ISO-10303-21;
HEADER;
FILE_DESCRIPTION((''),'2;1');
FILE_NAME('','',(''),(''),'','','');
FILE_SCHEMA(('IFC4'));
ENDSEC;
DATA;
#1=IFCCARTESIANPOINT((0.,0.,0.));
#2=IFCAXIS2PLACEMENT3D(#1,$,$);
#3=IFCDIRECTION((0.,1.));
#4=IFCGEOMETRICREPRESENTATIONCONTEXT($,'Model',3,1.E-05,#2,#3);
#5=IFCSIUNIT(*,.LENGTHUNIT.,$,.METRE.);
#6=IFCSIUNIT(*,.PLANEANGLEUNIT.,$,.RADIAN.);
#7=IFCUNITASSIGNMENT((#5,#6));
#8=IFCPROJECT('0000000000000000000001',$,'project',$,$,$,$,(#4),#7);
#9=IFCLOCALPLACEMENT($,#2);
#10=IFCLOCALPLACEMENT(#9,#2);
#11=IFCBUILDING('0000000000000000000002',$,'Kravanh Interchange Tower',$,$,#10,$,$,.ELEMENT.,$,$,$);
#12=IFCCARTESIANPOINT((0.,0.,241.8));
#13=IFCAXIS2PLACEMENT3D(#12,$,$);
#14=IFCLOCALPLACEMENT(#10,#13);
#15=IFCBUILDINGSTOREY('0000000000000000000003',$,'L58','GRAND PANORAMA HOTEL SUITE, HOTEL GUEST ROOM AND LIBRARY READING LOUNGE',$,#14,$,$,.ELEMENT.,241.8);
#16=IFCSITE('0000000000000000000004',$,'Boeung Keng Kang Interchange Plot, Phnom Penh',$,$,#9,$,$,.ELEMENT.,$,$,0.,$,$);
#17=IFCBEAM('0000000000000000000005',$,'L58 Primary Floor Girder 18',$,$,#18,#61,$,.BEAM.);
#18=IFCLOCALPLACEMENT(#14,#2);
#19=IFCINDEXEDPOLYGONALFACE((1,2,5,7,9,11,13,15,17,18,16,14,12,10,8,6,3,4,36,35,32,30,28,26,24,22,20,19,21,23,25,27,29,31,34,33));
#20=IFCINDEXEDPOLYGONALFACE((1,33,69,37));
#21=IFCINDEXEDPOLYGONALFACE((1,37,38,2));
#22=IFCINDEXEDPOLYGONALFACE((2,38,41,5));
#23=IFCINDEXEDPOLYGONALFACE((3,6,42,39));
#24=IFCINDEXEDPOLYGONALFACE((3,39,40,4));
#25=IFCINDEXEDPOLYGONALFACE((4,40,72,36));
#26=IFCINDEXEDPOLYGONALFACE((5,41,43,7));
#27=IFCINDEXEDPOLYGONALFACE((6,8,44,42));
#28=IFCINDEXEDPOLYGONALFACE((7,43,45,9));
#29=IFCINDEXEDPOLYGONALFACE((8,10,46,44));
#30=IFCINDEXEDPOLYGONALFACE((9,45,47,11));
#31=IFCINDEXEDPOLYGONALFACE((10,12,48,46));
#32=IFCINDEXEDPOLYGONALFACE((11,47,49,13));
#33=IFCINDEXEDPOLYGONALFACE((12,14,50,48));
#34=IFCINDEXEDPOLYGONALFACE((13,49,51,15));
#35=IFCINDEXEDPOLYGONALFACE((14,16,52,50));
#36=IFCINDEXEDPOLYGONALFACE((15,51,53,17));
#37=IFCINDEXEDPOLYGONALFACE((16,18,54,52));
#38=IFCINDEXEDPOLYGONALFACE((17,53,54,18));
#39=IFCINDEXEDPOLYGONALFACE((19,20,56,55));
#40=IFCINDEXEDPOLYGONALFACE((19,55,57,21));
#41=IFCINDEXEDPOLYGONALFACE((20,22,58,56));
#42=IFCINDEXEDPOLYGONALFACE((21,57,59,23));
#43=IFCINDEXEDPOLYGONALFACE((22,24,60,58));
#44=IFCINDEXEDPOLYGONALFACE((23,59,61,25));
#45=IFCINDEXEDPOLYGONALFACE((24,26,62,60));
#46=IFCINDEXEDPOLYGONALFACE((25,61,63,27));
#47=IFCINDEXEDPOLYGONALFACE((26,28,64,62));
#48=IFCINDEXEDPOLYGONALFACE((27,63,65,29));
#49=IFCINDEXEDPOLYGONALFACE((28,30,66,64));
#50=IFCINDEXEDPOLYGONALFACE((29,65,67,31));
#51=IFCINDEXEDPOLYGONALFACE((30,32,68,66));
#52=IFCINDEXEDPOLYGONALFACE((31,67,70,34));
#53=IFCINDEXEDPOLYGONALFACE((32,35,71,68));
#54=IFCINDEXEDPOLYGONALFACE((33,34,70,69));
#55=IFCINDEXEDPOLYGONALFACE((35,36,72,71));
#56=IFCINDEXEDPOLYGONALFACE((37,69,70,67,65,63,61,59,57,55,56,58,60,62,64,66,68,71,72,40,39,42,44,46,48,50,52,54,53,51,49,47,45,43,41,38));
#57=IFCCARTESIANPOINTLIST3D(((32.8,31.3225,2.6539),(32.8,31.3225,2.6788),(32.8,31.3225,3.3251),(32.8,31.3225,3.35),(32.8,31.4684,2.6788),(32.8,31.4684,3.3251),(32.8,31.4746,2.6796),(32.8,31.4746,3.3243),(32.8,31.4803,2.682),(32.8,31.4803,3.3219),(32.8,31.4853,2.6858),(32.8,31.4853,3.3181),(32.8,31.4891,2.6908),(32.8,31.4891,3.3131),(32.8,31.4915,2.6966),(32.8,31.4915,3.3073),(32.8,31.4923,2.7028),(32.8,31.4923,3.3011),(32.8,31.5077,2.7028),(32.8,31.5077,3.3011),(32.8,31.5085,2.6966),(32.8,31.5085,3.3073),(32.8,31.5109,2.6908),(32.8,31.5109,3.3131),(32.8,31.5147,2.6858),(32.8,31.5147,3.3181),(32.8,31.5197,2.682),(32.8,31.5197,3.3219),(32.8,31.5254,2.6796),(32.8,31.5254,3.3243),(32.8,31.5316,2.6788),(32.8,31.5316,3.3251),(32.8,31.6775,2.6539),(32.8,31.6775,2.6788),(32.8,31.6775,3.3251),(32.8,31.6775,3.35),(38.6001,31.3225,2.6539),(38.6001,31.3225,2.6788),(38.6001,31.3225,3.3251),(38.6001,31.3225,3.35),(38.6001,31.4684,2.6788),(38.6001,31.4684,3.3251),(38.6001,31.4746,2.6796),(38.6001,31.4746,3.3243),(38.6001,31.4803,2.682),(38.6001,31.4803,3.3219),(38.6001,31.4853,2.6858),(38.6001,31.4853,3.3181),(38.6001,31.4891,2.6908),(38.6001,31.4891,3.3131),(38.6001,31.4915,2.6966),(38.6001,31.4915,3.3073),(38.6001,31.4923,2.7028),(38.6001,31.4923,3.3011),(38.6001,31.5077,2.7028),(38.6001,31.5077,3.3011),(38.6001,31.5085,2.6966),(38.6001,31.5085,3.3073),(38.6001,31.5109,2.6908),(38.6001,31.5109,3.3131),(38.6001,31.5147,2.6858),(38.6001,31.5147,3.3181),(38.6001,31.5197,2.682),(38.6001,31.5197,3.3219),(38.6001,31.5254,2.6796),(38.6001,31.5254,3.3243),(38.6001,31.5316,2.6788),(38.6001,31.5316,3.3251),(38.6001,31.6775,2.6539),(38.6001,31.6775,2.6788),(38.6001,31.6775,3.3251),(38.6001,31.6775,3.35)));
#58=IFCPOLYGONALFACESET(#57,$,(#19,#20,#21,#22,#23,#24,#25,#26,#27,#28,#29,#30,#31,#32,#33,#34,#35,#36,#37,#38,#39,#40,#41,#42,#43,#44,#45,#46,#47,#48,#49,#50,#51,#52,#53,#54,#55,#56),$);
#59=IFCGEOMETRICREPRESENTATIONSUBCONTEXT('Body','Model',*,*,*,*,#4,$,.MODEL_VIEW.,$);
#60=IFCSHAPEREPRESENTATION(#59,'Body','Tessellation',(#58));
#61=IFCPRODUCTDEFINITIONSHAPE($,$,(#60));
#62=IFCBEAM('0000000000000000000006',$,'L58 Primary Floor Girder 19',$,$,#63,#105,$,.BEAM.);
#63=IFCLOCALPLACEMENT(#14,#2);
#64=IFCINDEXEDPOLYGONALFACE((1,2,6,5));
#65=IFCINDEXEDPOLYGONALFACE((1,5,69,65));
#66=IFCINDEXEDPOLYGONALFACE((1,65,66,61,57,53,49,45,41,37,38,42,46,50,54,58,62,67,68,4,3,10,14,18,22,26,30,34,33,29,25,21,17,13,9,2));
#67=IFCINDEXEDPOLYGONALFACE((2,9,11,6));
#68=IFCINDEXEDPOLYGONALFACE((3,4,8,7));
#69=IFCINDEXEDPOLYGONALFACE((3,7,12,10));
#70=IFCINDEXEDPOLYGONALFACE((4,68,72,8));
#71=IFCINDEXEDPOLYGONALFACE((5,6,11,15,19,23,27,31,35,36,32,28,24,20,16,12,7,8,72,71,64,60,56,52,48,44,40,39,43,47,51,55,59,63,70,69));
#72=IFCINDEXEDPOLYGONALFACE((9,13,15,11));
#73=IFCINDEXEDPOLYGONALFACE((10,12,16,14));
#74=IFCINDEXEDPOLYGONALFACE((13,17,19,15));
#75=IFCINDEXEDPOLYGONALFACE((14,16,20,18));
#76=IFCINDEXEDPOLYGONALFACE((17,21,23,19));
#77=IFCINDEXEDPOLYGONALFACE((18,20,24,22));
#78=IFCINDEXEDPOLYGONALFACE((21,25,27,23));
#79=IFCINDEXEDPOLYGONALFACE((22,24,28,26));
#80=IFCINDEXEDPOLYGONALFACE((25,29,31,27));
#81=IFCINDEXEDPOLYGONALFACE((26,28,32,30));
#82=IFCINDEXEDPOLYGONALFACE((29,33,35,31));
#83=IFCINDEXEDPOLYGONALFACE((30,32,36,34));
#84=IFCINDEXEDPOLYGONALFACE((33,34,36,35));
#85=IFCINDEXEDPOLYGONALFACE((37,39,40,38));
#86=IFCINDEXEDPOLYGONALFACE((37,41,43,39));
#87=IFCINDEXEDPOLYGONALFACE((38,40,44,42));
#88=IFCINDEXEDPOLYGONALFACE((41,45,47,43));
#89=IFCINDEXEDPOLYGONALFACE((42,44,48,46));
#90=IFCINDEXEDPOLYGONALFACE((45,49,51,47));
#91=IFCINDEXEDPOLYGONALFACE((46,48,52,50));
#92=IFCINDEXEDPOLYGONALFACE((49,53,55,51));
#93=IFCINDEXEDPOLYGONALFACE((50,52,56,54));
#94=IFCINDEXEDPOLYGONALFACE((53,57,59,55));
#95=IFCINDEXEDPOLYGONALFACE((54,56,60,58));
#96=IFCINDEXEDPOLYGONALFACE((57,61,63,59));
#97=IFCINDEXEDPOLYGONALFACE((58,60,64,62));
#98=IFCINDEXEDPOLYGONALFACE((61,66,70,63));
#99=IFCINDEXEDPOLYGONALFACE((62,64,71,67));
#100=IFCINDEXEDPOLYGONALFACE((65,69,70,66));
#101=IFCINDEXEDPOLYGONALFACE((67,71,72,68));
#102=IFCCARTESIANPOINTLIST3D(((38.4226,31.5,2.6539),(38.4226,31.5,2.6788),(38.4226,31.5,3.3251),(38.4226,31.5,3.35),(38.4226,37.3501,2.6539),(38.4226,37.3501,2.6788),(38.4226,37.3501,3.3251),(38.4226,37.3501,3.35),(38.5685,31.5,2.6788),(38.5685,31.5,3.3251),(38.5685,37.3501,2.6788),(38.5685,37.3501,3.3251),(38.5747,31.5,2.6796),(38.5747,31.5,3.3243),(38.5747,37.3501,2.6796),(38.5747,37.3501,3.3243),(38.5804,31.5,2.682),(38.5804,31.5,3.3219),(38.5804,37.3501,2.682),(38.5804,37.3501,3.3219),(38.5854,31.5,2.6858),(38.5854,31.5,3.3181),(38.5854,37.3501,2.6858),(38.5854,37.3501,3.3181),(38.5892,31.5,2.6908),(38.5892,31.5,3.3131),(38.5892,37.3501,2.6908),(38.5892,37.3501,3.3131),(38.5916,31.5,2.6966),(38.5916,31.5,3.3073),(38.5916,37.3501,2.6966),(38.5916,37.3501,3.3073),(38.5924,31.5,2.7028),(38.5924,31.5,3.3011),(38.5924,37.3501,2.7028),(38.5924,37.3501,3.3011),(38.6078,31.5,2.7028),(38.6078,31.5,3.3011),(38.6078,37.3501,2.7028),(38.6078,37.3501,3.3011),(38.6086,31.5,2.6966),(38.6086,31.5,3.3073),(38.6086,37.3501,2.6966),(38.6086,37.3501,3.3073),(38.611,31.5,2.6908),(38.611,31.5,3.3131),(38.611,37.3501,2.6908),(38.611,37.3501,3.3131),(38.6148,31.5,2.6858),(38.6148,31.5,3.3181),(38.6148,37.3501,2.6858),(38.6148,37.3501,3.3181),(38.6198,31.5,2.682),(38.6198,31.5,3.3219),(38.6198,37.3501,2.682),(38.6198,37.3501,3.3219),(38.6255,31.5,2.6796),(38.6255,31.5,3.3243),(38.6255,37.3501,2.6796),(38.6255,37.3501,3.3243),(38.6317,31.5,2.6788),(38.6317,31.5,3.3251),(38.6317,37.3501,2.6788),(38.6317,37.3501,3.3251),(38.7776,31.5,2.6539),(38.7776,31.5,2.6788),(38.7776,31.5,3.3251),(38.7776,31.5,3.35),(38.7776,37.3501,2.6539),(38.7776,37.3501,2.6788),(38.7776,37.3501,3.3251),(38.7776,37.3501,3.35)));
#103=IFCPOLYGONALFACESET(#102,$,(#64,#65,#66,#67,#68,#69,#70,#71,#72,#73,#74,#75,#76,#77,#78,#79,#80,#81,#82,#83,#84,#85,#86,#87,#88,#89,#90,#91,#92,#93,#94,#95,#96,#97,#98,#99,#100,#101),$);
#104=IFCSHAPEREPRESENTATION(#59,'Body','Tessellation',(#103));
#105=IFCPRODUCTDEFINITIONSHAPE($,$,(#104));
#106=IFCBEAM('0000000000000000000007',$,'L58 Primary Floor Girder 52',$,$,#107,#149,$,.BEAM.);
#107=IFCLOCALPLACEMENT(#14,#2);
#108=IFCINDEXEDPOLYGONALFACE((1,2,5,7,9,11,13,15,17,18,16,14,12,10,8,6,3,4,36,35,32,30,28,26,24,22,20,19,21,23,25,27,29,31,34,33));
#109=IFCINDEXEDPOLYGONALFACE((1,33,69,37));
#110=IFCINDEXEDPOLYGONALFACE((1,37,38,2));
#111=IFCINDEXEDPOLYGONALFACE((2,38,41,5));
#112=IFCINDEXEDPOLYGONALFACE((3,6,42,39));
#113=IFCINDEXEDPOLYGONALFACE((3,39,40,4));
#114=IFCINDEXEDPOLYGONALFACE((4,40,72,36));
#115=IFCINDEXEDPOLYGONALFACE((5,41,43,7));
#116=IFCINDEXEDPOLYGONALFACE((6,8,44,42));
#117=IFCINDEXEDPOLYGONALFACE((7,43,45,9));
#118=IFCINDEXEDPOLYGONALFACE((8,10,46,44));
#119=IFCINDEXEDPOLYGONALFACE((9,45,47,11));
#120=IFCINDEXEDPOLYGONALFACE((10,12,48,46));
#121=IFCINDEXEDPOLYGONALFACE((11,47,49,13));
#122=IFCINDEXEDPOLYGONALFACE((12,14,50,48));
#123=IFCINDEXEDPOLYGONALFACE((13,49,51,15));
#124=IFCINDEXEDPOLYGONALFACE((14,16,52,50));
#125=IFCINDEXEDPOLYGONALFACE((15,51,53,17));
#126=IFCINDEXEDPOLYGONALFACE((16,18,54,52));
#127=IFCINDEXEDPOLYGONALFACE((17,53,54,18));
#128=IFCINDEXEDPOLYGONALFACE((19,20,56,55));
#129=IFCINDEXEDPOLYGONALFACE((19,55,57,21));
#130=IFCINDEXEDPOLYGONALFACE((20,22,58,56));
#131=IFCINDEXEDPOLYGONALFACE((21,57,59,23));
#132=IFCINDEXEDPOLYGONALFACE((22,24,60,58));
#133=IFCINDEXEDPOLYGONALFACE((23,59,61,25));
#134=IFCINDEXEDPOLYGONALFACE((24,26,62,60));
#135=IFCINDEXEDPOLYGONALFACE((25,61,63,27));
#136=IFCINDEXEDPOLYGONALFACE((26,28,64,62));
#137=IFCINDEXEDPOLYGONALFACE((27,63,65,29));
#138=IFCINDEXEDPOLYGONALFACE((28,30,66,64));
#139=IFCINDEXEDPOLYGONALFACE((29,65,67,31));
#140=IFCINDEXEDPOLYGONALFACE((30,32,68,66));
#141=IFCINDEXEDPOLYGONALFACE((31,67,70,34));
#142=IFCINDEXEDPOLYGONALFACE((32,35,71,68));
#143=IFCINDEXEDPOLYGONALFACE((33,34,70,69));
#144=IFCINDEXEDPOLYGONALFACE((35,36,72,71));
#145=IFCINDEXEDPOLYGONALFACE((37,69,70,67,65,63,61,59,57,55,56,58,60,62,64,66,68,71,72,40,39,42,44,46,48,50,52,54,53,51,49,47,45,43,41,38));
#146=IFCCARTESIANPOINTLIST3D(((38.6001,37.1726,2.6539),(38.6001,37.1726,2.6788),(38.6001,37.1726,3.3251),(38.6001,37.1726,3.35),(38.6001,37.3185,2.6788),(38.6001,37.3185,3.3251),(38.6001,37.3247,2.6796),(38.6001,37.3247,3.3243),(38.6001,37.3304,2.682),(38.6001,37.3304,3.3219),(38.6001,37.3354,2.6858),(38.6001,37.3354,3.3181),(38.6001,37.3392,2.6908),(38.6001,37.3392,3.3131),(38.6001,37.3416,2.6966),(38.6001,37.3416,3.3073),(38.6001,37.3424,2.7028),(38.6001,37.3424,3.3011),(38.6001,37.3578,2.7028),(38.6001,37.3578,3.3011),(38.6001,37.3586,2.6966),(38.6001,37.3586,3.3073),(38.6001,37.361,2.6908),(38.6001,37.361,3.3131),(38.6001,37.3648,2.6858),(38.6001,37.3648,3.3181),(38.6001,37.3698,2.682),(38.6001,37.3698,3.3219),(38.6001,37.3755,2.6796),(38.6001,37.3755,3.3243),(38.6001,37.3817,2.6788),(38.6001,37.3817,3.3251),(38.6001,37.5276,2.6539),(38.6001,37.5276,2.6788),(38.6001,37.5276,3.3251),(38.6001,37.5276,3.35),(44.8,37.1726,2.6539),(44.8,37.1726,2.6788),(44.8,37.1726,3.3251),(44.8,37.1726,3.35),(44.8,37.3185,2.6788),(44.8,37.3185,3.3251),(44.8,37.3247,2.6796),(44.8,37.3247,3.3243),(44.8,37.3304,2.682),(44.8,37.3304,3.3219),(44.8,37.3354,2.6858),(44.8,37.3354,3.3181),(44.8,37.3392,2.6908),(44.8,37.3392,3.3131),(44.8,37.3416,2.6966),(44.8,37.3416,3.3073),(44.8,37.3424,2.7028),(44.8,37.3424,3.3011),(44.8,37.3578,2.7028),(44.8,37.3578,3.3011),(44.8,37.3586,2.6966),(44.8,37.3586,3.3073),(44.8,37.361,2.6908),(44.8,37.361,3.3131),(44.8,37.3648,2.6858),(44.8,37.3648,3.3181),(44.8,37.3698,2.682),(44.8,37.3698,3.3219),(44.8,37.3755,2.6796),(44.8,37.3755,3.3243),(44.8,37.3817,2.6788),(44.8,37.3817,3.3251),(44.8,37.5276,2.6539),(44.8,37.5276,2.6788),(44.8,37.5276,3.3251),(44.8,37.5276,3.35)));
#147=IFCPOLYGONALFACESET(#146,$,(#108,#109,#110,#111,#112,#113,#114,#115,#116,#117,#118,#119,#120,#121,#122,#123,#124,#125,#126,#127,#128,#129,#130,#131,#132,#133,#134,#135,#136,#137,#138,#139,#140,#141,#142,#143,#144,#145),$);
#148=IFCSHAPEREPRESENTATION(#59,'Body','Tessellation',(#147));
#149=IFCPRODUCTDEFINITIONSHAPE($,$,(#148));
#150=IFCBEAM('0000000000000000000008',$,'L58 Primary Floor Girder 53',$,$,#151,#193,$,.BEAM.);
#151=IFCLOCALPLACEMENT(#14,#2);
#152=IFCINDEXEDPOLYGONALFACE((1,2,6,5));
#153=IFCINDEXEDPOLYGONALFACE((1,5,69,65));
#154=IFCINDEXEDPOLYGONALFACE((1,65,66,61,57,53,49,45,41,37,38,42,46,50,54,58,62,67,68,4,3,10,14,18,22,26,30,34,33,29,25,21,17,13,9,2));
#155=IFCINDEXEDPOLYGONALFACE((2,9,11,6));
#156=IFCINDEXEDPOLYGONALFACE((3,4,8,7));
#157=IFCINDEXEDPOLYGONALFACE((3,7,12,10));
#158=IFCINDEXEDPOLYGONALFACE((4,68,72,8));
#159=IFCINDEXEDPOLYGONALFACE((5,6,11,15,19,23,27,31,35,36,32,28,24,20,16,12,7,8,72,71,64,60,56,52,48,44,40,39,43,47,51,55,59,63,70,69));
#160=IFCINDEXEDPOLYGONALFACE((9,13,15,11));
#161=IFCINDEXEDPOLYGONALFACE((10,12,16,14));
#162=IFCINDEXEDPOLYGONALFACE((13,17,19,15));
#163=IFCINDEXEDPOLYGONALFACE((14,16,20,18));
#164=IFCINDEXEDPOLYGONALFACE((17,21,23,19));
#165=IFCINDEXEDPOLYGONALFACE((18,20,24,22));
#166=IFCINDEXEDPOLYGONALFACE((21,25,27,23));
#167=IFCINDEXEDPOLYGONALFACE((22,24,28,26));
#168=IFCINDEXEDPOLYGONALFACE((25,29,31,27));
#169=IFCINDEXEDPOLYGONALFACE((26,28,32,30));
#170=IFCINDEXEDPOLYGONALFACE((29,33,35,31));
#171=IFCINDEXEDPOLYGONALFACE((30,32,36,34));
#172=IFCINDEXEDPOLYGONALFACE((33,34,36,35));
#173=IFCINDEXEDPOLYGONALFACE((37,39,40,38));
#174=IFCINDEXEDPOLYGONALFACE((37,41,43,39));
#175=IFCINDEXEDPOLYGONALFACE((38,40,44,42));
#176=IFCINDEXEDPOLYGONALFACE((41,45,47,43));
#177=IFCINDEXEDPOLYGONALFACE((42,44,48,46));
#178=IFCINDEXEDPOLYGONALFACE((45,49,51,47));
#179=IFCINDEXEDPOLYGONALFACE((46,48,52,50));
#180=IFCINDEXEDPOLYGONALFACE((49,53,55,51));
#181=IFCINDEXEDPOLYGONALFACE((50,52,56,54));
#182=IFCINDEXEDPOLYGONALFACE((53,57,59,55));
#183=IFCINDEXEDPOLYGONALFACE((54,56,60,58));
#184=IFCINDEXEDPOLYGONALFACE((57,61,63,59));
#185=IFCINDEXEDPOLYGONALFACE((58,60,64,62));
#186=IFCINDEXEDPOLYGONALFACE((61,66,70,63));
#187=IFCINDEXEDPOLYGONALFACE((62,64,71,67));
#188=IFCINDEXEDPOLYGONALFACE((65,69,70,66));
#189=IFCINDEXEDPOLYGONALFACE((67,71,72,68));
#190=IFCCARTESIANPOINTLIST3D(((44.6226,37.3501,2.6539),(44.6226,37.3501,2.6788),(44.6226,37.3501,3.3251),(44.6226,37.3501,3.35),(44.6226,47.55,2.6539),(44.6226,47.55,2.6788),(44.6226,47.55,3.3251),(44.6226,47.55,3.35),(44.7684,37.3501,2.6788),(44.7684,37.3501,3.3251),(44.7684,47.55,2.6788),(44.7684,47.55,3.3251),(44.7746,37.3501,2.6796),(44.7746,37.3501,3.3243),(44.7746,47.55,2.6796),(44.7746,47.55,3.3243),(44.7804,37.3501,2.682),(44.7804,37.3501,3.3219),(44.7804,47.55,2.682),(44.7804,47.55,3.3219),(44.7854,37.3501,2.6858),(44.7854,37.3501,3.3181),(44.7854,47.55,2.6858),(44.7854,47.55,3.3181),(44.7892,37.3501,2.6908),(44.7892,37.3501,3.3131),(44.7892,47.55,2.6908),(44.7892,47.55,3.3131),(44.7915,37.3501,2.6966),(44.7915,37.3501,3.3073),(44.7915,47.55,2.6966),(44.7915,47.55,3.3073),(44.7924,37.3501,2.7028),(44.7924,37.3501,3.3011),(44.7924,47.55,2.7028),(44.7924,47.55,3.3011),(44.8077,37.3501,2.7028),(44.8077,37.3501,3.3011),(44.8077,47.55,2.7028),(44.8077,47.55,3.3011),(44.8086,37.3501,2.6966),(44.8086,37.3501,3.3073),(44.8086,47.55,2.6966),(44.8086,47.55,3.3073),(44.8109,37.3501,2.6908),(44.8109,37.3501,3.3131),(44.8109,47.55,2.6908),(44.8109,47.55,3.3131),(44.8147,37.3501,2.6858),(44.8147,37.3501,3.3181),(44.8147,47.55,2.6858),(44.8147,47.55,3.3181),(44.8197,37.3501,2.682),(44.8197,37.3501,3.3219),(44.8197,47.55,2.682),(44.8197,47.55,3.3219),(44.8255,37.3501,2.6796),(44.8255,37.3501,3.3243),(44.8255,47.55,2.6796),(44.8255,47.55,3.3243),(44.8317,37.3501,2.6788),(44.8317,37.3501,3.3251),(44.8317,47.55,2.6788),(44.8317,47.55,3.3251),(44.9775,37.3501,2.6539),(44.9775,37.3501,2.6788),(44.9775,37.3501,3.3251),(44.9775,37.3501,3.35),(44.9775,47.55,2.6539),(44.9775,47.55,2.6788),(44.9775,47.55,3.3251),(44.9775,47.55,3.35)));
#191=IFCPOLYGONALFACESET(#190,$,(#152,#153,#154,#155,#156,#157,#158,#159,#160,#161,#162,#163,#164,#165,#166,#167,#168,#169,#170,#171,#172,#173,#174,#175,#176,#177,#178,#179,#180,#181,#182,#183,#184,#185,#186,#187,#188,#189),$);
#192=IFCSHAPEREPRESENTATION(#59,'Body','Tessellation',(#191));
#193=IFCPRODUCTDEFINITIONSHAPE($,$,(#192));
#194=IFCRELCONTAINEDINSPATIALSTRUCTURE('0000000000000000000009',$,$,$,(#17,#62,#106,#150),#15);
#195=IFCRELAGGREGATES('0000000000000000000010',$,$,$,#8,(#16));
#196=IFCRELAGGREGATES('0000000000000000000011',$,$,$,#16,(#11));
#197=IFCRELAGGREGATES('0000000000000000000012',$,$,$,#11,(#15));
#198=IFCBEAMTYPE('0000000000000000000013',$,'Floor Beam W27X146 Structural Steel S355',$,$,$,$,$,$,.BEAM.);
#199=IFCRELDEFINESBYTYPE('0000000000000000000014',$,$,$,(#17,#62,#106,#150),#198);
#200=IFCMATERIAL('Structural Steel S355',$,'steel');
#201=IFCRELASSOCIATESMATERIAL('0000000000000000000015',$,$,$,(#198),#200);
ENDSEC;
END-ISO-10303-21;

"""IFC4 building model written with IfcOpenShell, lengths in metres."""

from ifc_helpers import new_model, si_unit, direction, frame, origin, origin_2d, place, context, subcontext, project, spatial, i_section, extrude, material, material_profile, profile_set, type_object, element, save


model = new_model("IFC4")

# Units and contexts
model_context = context("Model", 3, precision=1e-05, world=origin(), true_north=direction((0.0, 1.0)))
body_context = subcontext(model_context, "Body", "Model", "MODEL_VIEW")
ifc_project = project(units=[si_unit("LENGTHUNIT", "METRE"), si_unit("PLANEANGLEUNIT", "RADIAN")], contexts=[model_context])

# Site, building, storey
site_placement = place(None, origin())
site = spatial("IfcSite", under=ifc_project, at=site_placement, Name="Boeung Keng Kang Interchange Plot, Phnom Penh", CompositionType="ELEMENT", RefElevation=0.0)
building_placement = place(site_placement, origin())
building = spatial("IfcBuilding", under=site, at=building_placement, Name="Kravanh Interchange Tower", CompositionType="ELEMENT")
storey_placement = place(building_placement, frame((0.0, 0.0, 241.8)))
storey = spatial("IfcBuildingStorey", under=building, at=storey_placement, Name="L58", Description="GRAND PANORAMA HOTEL SUITE, HOTEL GUEST ROOM AND LIBRARY READING LOUNGE", CompositionType="ELEMENT", Elevation=241.8)

# Beams
ifc_material_1 = material(Name="Structural Steel S355", Category="steel")
ifc_material_profile_1 = material_profile(ifc_material_1, i_section(OverallWidth=0.355, OverallDepth=0.696, WebThickness=0.0154, FlangeThickness=0.0249, FilletRadius=0.0239, at=origin_2d()), Name="W27X146")
ifc_profile_set_1 = profile_set([ifc_material_profile_1], Name="Structural Steel S355")
beam_type_1 = type_object("IfcBeamType", Name="Floor Beam W27X146 Structural Steel S355", PredefinedType="BEAM", material=ifc_profile_set_1)
beam_1_placement = place(storey_placement, frame((38.6001, 31.5, 3.002), z_axis=(-1.0, 0.0, 0.0), x_axis=(0.0, -1.0, 0.0)))
element("IfcBeam", 1, at=beam_1_placement, inside=storey, type_object=beam_type_1, Name="L58 Primary Floor Girder 18", PredefinedType="BEAM", context=body_context, shape_type="SweptSolid", body=[
    extrude(i_section(OverallWidth=0.355, OverallDepth=0.696, WebThickness=0.0154, FlangeThickness=0.0249, FilletRadius=0.0239, at=origin_2d()), origin(), (0.0, 0.0, 1.0), 5.8),
])
beam_2_placement = place(storey_placement, frame((38.6001, 31.5, 3.002), z_axis=(0.0, 1.0, 0.0), x_axis=(-1.0, 0.0, 0.0)))
element("IfcBeam", 2, at=beam_2_placement, inside=storey, type_object=beam_type_1, Name="L58 Primary Floor Girder 19", PredefinedType="BEAM", context=body_context, shape_type="SweptSolid", body=[
    extrude(i_section(OverallWidth=0.355, OverallDepth=0.696, WebThickness=0.0154, FlangeThickness=0.0249, FilletRadius=0.0239, at=origin_2d()), origin(), (0.0, 0.0, 1.0), 5.8501),
])
beam_3_placement = place(storey_placement, frame((44.8, 37.3501, 3.002), z_axis=(-1.0, 0.0, 0.0), x_axis=(0.0, -1.0, 0.0)))
element("IfcBeam", 3, at=beam_3_placement, inside=storey, type_object=beam_type_1, Name="L58 Primary Floor Girder 52", PredefinedType="BEAM", context=body_context, shape_type="SweptSolid", body=[
    extrude(i_section(OverallWidth=0.355, OverallDepth=0.696, WebThickness=0.0154, FlangeThickness=0.0249, FilletRadius=0.0239, at=origin_2d()), origin(), (0.0, 0.0, 1.0), 6.2),
])
beam_4_placement = place(storey_placement, frame((44.8, 37.3501, 3.002), z_axis=(0.0, 1.0, 0.0), x_axis=(-1.0, 0.0, 0.0)))
element("IfcBeam", 4, at=beam_4_placement, inside=storey, type_object=beam_type_1, Name="L58 Primary Floor Girder 53", PredefinedType="BEAM", context=body_context, shape_type="SweptSolid", body=[
    extrude(i_section(OverallWidth=0.355, OverallDepth=0.696, WebThickness=0.0154, FlangeThickness=0.0249, FilletRadius=0.0239, at=origin_2d()), origin(), (0.0, 0.0, 1.0), 10.2),
])

save(model, "model.ifc")
